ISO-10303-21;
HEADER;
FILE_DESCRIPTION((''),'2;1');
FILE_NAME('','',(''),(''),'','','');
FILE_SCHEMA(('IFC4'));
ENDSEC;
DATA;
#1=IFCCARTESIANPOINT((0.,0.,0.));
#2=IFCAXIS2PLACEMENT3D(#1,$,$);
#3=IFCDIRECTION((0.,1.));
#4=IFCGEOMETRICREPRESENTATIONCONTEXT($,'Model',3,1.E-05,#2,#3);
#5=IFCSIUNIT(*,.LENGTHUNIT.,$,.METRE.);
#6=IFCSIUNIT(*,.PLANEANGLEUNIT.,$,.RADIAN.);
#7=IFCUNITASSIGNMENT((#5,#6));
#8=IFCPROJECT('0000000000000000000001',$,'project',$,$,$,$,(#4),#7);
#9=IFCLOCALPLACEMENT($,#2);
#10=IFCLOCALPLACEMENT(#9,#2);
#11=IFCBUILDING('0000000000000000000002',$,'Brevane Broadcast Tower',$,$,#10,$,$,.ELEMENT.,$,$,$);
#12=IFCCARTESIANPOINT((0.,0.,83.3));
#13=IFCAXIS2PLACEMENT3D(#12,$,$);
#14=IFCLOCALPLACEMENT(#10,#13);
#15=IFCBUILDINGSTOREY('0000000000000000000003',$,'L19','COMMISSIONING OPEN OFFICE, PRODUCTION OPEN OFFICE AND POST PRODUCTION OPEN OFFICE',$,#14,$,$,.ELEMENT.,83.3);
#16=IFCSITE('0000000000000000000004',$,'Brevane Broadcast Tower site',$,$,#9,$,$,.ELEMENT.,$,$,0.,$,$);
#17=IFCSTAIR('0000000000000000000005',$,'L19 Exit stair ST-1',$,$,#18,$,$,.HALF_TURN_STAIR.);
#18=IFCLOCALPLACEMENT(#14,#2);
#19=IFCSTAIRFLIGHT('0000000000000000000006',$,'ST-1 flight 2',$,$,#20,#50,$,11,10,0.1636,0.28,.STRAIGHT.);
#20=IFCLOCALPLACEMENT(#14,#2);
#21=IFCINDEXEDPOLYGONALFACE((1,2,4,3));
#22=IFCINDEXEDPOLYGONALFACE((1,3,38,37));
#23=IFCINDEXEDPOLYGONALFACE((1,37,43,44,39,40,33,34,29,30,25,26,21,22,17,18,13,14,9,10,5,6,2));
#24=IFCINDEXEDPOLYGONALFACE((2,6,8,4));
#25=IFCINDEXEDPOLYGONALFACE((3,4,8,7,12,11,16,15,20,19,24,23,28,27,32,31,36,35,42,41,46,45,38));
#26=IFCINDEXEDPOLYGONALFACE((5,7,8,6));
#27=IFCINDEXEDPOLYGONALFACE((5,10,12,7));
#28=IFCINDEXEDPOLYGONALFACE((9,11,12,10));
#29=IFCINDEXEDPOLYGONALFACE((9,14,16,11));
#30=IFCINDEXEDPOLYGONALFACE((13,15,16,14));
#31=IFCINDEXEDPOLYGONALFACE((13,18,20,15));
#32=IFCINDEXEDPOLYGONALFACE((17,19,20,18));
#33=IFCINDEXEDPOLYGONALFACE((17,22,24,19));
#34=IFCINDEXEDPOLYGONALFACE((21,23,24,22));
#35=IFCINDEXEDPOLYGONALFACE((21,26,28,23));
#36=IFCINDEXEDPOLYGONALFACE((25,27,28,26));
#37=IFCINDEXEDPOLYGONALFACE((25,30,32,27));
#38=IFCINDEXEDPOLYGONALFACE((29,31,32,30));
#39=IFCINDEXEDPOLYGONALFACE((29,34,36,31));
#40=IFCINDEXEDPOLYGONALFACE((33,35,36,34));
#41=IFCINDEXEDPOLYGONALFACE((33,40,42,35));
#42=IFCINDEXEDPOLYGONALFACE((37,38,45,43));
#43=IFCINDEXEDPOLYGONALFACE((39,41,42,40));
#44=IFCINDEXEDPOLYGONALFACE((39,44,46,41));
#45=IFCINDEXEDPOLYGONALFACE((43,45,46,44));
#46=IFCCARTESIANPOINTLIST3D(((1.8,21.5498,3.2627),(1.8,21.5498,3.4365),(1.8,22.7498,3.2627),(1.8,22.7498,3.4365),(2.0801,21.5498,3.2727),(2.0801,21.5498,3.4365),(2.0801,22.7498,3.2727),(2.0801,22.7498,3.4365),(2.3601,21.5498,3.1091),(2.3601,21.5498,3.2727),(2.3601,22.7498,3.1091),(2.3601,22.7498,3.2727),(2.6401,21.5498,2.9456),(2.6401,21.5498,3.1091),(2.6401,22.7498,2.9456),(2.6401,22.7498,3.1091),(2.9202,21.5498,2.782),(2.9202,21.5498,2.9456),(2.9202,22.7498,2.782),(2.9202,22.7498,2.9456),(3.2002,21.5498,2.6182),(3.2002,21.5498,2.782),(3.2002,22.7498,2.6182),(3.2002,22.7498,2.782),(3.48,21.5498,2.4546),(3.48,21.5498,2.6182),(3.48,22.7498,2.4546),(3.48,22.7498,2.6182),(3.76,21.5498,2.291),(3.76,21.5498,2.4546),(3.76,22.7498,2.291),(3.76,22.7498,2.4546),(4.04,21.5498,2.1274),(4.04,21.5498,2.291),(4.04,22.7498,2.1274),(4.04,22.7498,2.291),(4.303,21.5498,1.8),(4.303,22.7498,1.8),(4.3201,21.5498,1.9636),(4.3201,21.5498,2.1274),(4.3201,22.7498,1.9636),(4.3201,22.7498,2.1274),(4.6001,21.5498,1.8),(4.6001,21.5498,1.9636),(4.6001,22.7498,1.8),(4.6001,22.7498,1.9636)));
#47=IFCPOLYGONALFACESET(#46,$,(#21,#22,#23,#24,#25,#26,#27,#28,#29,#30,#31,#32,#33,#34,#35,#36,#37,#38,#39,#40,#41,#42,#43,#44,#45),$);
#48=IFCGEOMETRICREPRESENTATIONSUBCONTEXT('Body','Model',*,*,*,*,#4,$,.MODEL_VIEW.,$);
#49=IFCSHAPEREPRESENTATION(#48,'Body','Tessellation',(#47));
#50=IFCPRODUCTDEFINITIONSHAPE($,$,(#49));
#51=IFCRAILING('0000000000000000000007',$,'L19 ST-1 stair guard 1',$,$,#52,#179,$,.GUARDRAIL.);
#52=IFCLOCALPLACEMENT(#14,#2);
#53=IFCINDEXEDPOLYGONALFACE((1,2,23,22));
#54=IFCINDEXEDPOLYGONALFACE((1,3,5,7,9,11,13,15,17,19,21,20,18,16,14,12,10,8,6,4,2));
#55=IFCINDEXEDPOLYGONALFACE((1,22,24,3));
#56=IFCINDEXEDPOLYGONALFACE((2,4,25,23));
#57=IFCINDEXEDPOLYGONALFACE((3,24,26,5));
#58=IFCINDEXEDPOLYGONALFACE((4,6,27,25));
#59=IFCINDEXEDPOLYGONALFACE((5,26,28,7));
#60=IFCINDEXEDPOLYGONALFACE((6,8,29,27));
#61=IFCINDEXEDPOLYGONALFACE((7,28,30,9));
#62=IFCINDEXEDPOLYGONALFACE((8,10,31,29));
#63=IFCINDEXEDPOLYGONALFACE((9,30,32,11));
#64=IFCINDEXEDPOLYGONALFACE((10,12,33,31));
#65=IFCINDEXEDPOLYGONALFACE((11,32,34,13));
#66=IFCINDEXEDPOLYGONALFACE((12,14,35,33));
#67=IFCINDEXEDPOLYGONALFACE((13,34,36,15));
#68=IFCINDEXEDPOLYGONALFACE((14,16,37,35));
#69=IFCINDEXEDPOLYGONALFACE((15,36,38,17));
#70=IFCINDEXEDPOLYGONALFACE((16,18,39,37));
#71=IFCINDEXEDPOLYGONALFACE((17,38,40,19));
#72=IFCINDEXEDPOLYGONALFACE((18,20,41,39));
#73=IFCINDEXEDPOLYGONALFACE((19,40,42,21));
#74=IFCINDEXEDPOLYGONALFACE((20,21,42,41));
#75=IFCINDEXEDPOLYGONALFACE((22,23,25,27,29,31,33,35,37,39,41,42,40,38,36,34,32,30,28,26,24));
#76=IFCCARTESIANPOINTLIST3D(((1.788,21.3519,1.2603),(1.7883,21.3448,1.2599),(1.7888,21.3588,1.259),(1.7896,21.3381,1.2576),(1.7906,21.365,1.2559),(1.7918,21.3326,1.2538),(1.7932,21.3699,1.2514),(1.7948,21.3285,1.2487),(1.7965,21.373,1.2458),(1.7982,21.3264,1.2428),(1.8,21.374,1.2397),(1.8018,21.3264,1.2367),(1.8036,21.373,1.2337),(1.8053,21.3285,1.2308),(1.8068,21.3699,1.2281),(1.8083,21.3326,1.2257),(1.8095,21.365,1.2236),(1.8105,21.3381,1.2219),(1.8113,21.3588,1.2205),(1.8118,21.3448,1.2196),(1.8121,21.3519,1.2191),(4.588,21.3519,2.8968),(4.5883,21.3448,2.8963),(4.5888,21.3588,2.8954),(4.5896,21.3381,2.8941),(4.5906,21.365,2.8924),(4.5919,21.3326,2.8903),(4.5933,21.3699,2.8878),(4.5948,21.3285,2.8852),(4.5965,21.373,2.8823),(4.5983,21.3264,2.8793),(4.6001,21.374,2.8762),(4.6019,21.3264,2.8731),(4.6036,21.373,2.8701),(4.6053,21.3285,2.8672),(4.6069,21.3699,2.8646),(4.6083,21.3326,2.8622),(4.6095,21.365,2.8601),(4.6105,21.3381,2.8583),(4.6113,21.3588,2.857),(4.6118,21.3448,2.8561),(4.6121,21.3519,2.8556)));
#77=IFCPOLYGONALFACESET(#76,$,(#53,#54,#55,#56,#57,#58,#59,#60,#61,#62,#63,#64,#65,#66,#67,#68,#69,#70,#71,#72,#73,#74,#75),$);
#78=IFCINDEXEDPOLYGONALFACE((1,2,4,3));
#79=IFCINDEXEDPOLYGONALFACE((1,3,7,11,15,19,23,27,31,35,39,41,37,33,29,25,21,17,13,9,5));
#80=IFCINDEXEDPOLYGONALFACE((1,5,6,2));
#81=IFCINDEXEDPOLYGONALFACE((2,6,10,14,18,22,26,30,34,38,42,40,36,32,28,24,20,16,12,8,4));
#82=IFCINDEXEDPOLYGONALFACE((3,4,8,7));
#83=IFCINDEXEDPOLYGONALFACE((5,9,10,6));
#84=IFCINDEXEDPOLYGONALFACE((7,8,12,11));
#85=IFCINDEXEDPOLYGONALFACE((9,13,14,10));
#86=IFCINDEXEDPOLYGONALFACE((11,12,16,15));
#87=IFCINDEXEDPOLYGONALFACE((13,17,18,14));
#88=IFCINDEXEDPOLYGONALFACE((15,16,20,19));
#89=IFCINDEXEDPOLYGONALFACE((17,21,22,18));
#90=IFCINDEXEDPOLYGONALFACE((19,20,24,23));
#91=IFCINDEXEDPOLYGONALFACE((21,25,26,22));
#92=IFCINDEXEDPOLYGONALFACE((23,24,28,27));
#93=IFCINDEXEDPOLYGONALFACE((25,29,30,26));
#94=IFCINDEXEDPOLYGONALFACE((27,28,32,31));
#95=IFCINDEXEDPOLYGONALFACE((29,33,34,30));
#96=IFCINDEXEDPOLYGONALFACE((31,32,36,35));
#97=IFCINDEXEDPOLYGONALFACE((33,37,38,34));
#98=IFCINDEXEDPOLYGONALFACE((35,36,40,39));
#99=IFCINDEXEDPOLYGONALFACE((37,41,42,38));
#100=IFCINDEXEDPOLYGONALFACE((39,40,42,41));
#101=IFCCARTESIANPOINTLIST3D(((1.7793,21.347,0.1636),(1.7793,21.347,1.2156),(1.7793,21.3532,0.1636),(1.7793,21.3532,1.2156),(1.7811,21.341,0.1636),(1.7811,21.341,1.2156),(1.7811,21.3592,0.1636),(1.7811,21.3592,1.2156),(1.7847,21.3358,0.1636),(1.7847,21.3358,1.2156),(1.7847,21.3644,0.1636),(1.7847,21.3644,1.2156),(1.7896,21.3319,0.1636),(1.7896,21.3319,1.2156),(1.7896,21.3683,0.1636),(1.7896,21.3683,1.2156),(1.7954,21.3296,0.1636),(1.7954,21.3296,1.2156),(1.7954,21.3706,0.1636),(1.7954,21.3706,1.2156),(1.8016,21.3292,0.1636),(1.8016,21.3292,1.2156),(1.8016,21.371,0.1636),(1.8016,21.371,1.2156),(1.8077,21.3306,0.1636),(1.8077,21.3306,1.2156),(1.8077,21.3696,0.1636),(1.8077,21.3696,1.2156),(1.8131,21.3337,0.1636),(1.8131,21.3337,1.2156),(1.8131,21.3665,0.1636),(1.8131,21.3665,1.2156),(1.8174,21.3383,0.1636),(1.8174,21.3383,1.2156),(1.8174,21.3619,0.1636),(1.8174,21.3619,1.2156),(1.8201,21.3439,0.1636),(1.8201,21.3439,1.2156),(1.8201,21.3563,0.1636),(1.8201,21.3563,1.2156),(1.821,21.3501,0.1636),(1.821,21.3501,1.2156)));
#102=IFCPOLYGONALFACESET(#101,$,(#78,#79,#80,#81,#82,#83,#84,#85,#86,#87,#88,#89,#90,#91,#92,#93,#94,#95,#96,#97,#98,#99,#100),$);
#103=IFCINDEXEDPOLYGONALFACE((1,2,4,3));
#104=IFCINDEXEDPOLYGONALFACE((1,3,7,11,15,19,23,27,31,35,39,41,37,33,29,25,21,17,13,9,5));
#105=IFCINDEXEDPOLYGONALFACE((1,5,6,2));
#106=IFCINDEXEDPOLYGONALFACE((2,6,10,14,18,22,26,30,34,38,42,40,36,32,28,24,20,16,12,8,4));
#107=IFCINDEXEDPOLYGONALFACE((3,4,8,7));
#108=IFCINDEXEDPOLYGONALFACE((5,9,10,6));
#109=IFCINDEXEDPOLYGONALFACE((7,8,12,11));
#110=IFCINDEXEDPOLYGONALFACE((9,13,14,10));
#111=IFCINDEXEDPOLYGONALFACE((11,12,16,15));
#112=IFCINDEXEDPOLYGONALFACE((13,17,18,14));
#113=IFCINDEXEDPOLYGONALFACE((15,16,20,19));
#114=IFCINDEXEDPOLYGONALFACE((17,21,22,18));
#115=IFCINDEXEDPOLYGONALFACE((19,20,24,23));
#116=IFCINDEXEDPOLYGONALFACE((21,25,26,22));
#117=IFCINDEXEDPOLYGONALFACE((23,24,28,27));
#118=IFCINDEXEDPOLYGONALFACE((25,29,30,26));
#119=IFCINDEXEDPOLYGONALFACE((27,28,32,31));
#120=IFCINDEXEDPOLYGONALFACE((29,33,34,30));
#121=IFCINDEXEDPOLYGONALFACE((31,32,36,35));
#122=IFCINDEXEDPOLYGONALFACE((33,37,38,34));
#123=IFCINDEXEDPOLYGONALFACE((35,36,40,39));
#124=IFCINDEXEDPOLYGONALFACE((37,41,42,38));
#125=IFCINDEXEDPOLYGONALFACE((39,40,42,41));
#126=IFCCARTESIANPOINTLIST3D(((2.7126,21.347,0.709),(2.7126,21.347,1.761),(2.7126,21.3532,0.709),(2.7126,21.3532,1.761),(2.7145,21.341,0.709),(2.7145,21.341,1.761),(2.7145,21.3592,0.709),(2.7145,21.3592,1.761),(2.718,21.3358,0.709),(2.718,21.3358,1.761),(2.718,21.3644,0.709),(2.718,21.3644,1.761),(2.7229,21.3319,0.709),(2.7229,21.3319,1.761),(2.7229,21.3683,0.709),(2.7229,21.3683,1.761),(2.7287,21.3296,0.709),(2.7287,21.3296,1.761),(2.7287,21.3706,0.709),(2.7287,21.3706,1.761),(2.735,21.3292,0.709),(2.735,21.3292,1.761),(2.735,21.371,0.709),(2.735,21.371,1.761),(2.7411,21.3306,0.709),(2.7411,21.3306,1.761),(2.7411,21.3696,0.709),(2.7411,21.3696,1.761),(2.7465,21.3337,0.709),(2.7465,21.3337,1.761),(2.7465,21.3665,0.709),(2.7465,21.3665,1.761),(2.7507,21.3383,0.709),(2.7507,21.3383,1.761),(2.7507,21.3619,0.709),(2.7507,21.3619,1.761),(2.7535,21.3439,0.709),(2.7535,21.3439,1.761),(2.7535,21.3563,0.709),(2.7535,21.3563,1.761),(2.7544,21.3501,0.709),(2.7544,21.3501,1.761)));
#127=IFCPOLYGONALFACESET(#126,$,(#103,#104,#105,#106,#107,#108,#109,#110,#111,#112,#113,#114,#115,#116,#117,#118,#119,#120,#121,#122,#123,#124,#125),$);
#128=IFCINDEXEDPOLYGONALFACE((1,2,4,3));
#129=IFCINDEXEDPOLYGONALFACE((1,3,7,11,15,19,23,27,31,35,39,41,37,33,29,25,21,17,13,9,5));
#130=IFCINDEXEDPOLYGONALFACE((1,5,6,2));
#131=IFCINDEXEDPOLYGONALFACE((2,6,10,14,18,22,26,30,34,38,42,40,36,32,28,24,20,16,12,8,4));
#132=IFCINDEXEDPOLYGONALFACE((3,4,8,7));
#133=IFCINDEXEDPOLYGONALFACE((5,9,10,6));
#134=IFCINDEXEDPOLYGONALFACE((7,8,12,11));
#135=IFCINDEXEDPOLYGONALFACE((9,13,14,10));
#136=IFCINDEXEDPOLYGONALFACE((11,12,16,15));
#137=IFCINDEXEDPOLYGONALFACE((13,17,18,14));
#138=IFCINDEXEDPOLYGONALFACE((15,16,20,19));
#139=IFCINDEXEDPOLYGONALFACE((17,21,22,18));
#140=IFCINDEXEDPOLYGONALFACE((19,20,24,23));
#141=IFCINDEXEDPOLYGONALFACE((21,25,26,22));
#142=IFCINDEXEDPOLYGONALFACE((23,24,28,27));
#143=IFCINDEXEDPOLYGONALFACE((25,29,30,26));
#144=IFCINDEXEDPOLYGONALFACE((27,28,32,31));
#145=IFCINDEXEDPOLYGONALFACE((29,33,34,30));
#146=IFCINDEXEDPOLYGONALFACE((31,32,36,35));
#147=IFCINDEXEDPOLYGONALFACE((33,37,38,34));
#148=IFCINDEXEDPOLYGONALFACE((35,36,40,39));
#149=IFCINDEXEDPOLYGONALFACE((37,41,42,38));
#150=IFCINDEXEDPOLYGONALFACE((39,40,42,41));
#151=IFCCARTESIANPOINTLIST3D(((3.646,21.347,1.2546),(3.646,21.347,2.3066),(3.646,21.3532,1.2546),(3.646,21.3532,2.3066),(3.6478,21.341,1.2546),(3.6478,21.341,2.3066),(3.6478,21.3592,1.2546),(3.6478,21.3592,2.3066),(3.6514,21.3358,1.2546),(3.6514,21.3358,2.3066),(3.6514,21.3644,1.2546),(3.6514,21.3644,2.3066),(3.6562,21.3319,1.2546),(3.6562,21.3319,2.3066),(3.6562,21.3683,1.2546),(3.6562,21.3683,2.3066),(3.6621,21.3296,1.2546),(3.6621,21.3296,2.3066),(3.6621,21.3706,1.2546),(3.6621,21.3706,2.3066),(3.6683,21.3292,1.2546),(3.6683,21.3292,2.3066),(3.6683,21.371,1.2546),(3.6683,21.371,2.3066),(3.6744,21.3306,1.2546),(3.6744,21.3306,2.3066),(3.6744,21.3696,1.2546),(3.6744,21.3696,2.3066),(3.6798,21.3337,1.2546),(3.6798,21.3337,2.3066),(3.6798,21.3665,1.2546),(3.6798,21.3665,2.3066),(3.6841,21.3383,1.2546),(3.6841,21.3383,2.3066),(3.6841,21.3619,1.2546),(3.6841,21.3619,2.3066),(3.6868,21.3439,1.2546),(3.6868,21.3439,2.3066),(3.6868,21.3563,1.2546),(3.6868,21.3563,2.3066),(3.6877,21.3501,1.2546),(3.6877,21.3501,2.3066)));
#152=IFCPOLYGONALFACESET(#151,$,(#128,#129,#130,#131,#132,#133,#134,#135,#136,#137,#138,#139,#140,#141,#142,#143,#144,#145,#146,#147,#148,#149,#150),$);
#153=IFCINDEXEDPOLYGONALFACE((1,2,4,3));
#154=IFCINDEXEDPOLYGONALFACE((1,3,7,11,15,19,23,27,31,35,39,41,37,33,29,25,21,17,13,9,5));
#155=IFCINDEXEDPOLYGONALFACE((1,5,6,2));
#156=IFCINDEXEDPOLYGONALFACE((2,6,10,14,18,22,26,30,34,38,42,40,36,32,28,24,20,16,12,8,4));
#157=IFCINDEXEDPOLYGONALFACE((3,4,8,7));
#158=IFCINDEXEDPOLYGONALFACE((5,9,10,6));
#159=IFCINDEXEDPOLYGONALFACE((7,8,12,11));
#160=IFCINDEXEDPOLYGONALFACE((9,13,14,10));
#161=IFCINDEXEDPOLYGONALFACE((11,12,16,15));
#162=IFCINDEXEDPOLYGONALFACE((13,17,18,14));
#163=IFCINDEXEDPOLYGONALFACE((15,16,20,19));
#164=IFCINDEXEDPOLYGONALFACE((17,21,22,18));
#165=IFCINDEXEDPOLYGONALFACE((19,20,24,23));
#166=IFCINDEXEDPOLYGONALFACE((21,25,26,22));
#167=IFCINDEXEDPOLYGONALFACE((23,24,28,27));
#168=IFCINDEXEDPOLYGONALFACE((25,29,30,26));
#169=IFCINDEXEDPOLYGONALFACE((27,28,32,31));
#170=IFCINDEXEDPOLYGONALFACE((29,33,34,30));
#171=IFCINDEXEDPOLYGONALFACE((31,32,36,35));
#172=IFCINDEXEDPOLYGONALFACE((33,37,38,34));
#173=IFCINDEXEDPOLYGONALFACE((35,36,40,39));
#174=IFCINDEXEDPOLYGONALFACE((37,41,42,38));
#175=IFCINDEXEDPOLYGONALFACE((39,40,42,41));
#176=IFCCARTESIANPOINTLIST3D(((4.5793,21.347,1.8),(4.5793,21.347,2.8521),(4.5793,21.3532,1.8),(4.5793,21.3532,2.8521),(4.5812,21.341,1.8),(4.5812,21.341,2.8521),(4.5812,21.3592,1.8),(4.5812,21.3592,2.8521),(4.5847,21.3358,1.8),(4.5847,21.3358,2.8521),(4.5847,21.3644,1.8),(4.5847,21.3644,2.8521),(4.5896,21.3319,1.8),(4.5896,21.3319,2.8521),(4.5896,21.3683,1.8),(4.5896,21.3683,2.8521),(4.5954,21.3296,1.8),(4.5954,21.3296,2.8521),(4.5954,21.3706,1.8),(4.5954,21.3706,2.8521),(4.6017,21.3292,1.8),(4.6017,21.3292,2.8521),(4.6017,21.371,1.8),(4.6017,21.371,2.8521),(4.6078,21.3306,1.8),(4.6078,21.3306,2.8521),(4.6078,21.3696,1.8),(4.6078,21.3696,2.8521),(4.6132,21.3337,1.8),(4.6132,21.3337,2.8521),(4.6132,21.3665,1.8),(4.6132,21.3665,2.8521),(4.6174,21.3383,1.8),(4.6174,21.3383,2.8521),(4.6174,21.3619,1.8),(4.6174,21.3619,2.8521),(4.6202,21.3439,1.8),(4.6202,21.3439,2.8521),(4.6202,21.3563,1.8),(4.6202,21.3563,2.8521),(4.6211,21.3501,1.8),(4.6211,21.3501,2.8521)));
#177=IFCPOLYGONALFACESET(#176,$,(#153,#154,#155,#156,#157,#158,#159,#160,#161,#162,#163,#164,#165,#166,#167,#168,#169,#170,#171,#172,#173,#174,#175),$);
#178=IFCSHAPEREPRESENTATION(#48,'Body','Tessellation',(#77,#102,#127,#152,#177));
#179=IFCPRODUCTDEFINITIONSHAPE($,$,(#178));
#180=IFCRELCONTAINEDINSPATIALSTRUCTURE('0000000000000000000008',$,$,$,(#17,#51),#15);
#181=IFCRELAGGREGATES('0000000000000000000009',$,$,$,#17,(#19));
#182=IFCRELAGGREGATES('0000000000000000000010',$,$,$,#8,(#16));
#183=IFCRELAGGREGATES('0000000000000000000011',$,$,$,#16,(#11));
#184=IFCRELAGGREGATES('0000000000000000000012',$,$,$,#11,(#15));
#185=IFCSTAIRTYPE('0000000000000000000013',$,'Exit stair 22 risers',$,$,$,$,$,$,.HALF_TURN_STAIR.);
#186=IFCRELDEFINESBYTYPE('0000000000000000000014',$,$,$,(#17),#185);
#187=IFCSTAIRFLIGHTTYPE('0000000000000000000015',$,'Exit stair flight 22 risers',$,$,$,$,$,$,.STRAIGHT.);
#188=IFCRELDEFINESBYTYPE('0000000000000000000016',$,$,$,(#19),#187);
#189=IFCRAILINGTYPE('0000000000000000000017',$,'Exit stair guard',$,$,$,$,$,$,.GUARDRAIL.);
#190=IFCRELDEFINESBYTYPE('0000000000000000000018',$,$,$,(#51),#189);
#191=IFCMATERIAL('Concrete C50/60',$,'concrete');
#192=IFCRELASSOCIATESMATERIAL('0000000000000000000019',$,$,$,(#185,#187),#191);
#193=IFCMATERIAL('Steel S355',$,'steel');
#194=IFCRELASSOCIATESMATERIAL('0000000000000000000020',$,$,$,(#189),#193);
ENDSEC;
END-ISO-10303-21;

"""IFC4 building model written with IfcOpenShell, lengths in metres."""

from ifc_helpers import new_model, si_unit, direction, frame, origin, origin_2d, place, context, subcontext, project, spatial, polyline, circle, outline, extrude, material, type_object, element, aggregate, save


model = new_model("IFC4")

# Units and contexts
model_context = context("Model", 3, precision=1e-05, world=origin(), true_north=direction((0.0, 1.0)))
body_context = subcontext(model_context, "Body", "Model", "MODEL_VIEW")
ifc_project = project(units=[si_unit("LENGTHUNIT", "METRE"), si_unit("PLANEANGLEUNIT", "RADIAN")], contexts=[model_context])

# Site, building, storey
site_placement = place(None, origin())
site = spatial("IfcSite", under=ifc_project, at=site_placement, Name="Brevane Broadcast Tower site", CompositionType="ELEMENT", RefElevation=0.0)
building_placement = place(site_placement, origin())
building = spatial("IfcBuilding", under=site, at=building_placement, Name="Brevane Broadcast Tower", CompositionType="ELEMENT")
storey_placement = place(building_placement, frame((0.0, 0.0, 83.3)))
storey = spatial("IfcBuildingStorey", under=building, at=storey_placement, Name="L19", Description="COMMISSIONING OPEN OFFICE, PRODUCTION OPEN OFFICE AND POST PRODUCTION OPEN OFFICE", CompositionType="ELEMENT", Elevation=83.3)

# Stair, stair flight
ifc_material_1 = material(Name="Concrete C50/60", Category="concrete")
stair_type = type_object("IfcStairType", Name="Exit stair 22 risers", PredefinedType="HALF_TURN_STAIR", material=ifc_material_1)
stair_placement = place(storey_placement, origin())
stair = element("IfcStair", 1, at=stair_placement, inside=storey, type_object=stair_type, Name="L19 Exit stair ST-1", PredefinedType="HALF_TURN_STAIR")
stair_flight_type = type_object("IfcStairFlightType", Name="Exit stair flight 22 risers", PredefinedType="STRAIGHT", material=ifc_material_1)
stair_flight_1_placement = place(storey_placement, frame((4.6001, 22.1499, 1.8), z_axis=(0.0, 0.0, 1.0), x_axis=(-1.0, 0.0, 0.0)))
stair_flight_1 = element("IfcStairFlight", 2, at=stair_flight_1_placement, type_object=stair_flight_type, Name="ST-1 flight 2", NumberOfRisers=11, NumberOfTreads=10, PredefinedType="STRAIGHT", RiserHeight=0.1636, TreadLength=0.28, context=body_context, shape_type="SweptSolid", body=[
    extrude(outline(polyline([(0.0, 0.0), (0.0, 0.1636), (0.28, 0.1636), (0.28, 0.3274), (0.5601, 0.3274), (0.5601, 0.491), (0.8401, 0.491), (0.8401, 0.6545), (1.1201, 0.6545), (1.1201, 0.8181), (1.3999, 0.8181), (1.3999, 0.9819), (1.6799, 0.9819), (1.6799, 1.1455), (1.96, 1.1455), (1.96, 1.3091), (2.24, 1.3091), (2.24, 1.4727), (2.52, 1.4727), (2.52, 1.6365), (2.8, 1.6365), (2.8, 1.8), (2.8, 1.4626), (0.2971, 0.0), (0.0, 0.0)])), frame((0.0, 0.6001, 0.0), z_axis=(0.0, -1.0, 0.0), x_axis=(1.0, 0.0, 0.0)), (0.0, 0.0, 1.0), 1.2),
])
aggregate(stair, [stair_flight_1])

# Railing
ifc_material_2 = material(Name="Steel S355", Category="steel")
railing_type_1 = type_object("IfcRailingType", Name="Exit stair guard", PredefinedType="GUARDRAIL", material=ifc_material_2)
railing_1_placement = place(storey_placement, frame((1.8, 21.3501, 0.1636)))
element("IfcRailing", 3, at=railing_1_placement, inside=storey, type_object=railing_type_1, Name="L19 ST-1 stair guard 1", PredefinedType="GUARDRAIL", context=body_context, shape_type="SweptSolid", body=[
    extrude(circle(Radius=0.0239, at=origin_2d()), frame((0.0, 0.0, 1.0762), z_axis=(0.863361, 0.0, 0.504587), x_axis=(0.0, 1.0, 0.0)), (0.0, 0.0, 1.0), 3.2432),
    extrude(circle(Radius=0.021, at=origin_2d()), origin(), (0.0, 0.0, 1.0), 1.052),
    extrude(circle(Radius=0.021, at=origin_2d()), frame((0.9333, 0.0, 0.5454)), (0.0, 0.0, 1.0), 1.052),
    extrude(circle(Radius=0.021, at=origin_2d()), frame((1.8667, 0.0, 1.0911)), (0.0, 0.0, 1.0), 1.052),
    extrude(circle(Radius=0.021, at=origin_2d()), frame((2.8, 0.0, 1.6365)), (0.0, 0.0, 1.0), 1.052),
])

save(model, "model.ifc")
